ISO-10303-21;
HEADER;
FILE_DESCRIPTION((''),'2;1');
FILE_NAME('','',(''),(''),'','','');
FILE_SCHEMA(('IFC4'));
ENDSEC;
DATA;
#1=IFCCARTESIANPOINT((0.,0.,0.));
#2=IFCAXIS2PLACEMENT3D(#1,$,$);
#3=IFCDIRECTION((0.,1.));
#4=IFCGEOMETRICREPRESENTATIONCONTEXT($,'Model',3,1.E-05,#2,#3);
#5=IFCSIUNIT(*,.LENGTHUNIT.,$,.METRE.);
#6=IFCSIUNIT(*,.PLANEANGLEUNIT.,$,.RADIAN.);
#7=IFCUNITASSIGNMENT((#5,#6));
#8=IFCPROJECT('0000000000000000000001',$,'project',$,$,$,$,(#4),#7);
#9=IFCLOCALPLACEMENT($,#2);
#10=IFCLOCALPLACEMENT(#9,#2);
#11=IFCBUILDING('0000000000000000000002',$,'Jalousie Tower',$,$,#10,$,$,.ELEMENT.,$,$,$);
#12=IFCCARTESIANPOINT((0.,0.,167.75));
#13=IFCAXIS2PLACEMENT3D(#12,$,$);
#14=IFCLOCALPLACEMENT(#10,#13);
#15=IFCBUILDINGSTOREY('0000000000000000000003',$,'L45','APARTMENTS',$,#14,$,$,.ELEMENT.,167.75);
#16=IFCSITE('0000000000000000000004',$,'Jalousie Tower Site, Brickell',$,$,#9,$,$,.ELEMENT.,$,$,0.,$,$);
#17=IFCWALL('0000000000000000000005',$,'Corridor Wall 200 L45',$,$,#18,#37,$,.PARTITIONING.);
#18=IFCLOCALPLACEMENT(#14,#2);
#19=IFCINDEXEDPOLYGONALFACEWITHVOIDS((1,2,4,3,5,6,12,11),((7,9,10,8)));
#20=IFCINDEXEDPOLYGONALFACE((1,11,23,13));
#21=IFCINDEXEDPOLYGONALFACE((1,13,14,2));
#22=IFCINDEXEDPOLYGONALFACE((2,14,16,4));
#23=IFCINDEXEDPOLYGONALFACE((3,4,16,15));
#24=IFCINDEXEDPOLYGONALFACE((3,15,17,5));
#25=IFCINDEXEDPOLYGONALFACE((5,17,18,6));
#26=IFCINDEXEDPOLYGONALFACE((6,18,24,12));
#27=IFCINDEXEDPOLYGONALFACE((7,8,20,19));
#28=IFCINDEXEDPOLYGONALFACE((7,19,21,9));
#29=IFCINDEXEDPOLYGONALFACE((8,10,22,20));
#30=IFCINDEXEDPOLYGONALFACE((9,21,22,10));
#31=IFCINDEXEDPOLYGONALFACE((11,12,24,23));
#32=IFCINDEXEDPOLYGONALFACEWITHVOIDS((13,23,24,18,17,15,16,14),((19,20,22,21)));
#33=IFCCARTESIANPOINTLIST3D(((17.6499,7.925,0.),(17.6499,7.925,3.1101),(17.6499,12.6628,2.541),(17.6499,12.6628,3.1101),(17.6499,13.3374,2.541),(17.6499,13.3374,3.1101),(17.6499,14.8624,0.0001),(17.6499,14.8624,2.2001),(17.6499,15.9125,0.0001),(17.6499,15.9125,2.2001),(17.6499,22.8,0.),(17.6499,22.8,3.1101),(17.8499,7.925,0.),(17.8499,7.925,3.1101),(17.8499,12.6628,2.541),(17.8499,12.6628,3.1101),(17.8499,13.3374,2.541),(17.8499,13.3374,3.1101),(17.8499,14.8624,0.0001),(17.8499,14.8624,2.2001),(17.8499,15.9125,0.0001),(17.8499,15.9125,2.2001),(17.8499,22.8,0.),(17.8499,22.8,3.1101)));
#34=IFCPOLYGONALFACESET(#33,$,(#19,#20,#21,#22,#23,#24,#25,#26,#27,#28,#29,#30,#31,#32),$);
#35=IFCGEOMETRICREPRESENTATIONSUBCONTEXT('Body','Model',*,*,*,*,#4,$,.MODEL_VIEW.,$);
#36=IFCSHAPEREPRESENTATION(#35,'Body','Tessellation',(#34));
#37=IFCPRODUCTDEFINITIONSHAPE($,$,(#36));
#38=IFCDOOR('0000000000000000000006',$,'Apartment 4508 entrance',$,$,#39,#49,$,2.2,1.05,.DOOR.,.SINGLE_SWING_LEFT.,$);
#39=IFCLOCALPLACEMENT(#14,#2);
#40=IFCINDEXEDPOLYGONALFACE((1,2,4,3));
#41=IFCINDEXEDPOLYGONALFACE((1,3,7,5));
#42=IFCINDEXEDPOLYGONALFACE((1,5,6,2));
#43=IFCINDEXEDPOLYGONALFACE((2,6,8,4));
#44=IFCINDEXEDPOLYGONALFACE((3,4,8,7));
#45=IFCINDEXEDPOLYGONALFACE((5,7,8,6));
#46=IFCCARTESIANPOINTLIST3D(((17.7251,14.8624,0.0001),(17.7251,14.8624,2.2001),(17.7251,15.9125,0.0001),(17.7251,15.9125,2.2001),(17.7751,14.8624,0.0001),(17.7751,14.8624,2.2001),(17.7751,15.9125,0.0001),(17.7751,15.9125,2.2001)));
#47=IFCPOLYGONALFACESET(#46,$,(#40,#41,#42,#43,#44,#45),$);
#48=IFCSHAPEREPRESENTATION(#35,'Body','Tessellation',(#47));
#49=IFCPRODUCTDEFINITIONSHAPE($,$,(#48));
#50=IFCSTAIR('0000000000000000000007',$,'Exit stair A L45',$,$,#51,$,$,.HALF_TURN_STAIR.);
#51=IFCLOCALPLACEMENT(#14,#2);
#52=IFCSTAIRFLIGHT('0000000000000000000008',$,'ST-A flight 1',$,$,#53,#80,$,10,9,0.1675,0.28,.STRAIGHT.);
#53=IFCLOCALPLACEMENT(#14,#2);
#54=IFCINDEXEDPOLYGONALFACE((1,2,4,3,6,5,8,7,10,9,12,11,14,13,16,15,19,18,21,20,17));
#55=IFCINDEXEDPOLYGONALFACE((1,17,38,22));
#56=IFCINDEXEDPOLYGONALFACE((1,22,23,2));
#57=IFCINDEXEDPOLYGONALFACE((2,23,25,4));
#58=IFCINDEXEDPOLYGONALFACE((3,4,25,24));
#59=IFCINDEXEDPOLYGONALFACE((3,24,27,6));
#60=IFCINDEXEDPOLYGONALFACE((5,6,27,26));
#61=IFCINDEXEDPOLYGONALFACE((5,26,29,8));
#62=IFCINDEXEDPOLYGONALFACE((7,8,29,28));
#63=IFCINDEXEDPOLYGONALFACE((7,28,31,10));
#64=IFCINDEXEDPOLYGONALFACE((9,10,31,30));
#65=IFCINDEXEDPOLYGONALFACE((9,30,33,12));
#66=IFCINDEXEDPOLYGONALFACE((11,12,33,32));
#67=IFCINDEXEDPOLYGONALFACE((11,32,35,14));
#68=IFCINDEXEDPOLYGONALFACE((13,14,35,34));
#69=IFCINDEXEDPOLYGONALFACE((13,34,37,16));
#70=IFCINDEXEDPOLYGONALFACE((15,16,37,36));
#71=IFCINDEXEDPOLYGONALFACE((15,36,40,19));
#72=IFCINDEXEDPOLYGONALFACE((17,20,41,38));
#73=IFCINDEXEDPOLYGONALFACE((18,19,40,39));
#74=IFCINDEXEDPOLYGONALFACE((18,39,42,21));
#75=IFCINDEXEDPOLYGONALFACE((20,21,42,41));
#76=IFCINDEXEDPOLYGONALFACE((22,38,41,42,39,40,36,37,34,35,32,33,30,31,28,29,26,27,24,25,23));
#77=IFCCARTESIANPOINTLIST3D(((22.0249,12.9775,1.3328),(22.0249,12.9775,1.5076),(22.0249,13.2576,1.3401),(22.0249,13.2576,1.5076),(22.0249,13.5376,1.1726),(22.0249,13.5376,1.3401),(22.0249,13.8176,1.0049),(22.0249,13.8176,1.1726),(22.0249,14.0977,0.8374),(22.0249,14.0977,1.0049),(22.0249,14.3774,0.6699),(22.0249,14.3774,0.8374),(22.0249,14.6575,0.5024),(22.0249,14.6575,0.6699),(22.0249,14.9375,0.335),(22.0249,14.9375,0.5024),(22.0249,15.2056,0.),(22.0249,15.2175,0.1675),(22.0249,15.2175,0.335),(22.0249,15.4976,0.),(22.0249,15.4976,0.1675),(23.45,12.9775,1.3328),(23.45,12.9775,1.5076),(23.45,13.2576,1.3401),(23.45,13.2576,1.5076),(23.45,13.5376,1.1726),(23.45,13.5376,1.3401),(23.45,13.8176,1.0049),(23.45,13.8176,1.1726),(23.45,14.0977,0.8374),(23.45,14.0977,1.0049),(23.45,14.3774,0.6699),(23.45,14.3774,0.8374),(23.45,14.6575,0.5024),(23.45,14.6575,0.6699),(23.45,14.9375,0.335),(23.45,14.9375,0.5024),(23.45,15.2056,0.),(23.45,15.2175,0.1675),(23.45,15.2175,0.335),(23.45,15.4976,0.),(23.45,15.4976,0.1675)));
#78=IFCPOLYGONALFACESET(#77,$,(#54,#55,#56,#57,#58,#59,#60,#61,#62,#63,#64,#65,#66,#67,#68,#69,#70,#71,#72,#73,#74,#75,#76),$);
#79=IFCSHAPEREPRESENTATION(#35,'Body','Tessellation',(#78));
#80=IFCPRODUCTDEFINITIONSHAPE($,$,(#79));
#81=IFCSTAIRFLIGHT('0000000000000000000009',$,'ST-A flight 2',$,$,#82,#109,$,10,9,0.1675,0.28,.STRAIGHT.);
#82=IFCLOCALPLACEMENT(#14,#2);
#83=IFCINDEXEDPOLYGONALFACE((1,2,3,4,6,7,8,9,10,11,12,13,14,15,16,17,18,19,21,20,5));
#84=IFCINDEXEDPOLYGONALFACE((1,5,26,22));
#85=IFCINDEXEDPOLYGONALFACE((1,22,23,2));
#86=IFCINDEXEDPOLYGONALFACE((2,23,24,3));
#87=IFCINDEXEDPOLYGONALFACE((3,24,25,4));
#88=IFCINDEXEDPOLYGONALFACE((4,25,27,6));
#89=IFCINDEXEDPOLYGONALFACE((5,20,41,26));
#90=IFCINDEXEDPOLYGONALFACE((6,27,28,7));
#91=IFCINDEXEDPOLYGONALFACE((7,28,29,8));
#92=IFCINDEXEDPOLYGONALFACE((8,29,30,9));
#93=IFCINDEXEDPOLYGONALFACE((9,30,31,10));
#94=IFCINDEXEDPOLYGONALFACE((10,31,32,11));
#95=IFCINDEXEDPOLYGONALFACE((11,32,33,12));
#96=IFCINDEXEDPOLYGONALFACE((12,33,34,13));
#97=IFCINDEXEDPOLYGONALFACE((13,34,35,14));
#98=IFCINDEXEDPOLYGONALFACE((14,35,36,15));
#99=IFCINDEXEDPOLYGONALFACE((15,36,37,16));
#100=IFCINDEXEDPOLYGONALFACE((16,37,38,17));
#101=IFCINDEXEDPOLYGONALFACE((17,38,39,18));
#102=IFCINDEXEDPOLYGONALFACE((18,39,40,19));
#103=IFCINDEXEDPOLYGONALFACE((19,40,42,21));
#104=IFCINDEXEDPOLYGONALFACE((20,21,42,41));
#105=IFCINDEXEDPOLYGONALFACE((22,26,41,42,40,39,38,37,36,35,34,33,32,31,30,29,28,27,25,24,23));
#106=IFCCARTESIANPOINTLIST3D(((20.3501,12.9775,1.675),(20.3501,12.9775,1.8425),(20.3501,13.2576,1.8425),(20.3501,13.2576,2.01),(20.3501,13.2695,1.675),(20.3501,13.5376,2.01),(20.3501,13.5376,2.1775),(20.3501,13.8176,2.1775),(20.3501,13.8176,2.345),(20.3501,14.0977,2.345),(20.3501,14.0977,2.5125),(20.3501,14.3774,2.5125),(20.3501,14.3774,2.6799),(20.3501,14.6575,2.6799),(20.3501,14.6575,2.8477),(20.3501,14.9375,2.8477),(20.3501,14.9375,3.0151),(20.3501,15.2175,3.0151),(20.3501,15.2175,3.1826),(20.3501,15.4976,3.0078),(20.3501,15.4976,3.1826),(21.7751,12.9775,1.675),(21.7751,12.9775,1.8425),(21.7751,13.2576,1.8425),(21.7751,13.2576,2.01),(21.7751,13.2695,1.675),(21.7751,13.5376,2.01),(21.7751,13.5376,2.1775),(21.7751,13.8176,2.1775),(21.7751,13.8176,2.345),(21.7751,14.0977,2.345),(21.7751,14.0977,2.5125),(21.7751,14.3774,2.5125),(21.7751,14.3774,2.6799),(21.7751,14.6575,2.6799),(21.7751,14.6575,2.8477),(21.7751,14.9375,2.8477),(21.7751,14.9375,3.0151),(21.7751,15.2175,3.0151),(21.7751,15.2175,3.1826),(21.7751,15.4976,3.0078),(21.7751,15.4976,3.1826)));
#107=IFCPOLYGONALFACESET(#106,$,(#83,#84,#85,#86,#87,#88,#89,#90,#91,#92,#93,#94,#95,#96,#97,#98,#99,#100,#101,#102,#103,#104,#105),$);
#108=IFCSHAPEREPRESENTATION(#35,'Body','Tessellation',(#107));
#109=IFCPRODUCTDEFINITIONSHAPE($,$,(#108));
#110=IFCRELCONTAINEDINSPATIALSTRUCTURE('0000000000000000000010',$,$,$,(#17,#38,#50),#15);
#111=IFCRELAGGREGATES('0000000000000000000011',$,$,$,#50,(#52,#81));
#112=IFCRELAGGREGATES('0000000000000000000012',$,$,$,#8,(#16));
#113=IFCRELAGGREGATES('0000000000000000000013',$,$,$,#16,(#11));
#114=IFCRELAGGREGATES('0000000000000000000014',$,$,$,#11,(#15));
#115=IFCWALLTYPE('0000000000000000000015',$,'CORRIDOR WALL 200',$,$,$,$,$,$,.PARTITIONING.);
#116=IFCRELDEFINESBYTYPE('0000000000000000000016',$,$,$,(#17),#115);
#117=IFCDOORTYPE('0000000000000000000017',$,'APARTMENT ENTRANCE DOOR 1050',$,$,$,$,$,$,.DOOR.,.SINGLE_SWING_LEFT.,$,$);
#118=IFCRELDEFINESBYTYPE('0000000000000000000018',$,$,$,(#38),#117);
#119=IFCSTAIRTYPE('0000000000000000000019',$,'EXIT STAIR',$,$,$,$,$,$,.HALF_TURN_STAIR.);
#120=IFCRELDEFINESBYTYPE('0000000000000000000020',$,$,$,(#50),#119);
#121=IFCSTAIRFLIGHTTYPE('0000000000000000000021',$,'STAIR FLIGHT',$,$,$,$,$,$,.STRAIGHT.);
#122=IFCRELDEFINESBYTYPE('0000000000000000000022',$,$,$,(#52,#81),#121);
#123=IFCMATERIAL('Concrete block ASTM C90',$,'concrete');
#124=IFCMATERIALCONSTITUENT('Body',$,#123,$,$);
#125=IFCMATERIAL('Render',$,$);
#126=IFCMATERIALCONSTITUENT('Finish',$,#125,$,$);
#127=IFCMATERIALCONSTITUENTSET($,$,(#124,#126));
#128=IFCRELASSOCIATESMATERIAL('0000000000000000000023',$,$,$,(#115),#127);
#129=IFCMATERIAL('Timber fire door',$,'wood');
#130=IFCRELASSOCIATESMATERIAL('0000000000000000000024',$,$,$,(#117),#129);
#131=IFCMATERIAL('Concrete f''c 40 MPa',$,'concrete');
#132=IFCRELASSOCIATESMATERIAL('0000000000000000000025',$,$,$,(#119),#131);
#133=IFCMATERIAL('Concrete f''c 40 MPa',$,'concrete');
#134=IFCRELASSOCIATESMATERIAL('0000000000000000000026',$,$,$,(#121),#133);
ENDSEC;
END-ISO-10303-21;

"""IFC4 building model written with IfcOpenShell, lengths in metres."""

from ifc_helpers import new_model, si_unit, direction, frame, frame_2d, origin, place, context, subcontext, project, spatial, polyline, rectangle, outline, extrude, material, constituent, constituent_set, type_object, element, fill, aggregate, save


model = new_model("IFC4")

# Units and contexts
model_context = context("Model", 3, precision=1e-05, world=origin(), true_north=direction((0.0, 1.0)))
body_context = subcontext(model_context, "Body", "Model", "MODEL_VIEW")
ifc_project = project(units=[si_unit("LENGTHUNIT", "METRE"), si_unit("PLANEANGLEUNIT", "RADIAN")], contexts=[model_context])

# Site, building, storey
site_placement = place(None, origin())
site = spatial("IfcSite", under=ifc_project, at=site_placement, Name="Jalousie Tower Site, Brickell", CompositionType="ELEMENT", RefElevation=0.0)
building_placement = place(site_placement, origin())
building = spatial("IfcBuilding", under=site, at=building_placement, Name="Jalousie Tower", CompositionType="ELEMENT")
storey_placement = place(building_placement, frame((0.0, 0.0, 167.75)))
storey = spatial("IfcBuildingStorey", under=building, at=storey_placement, Name="L45", Description="APARTMENTS", CompositionType="ELEMENT", Elevation=167.75)

# Shared definitions
ifc_material_1 = material(Name="Concrete block ASTM C90", Category="concrete")
ifc_constituent_1 = constituent(ifc_material_1, Name="Body")
ifc_material_2 = material(Name="Render")
ifc_constituent_2 = constituent(ifc_material_2, Name="Finish")
ifc_constituent_set_1 = constituent_set(constituents=[ifc_constituent_1, ifc_constituent_2])
wall_type_1 = type_object("IfcWallType", Name="CORRIDOR WALL 200", PredefinedType="PARTITIONING", material=ifc_constituent_set_1)
ifc_material_3 = material(Name="Timber fire door", Category="wood")
door_type_1 = type_object("IfcDoorType", Name="APARTMENT ENTRANCE DOOR 1050", OperationType="SINGLE_SWING_LEFT", PredefinedType="DOOR", material=ifc_material_3)

# Wall, opening, door
wall_1_placement = place(storey_placement, frame((17.75, 7.925, 0.0), z_axis=(0.0, 0.0, 1.0), x_axis=(0.0, 1.0, 0.0)))
wall_1 = element("IfcWall", 1, at=wall_1_placement, inside=storey, type_object=wall_type_1, Name="Corridor Wall 200 L45", PredefinedType="PARTITIONING", context=body_context, shape_type="SweptSolid", body=[
    extrude(outline(polyline([(0.0, 0.0), (14.875, 0.0), (14.875, 3.1101), (5.4124, 3.1101), (5.4124, 2.541), (4.7378, 2.541), (4.7378, 3.1101), (0.0, 3.1101), (0.0, 0.0)])), frame((0.0, 0.1001, 0.0), z_axis=(0.0, -1.0, 0.0), x_axis=(1.0, 0.0, 0.0)), (0.0, 0.0, 1.0), 0.2),
])
opening_1_placement = place(wall_1_placement, frame((6.9375, 0.0, 0.0)))
opening_1 = element("IfcOpeningElement", 2, at=opening_1_placement, cuts=wall_1, PredefinedType="OPENING", context=body_context, shape_type="SweptSolid", body=[
    extrude(rectangle(XDim=1.05, YDim=2.2, at=frame_2d((0.5249, 1.1001))), frame((0.0, 0.1099, 0.0), z_axis=(0.0, -1.0, 0.0), x_axis=(1.0, 0.0, 0.0)), (0.0, 0.0, 1.0), 0.22),
])
door_1_placement = place(opening_1_placement, origin())
door_1 = element("IfcDoor", 3, at=door_1_placement, inside=storey, type_object=door_type_1, Name="Apartment 4508 entrance", OperationType="SINGLE_SWING_LEFT", OverallHeight=2.2, OverallWidth=1.05, PredefinedType="DOOR", context=body_context, shape_type="SweptSolid", body=[
    extrude(rectangle(XDim=1.05, YDim=2.2, at=frame_2d((0.5249, 1.1001))), frame((0.0, 0.0249, 0.0), z_axis=(0.0, -1.0, 0.0), x_axis=(1.0, 0.0, 0.0)), (0.0, 0.0, 1.0), 0.05),
])
fill(opening_1, door_1)

# Stair, stair flights
ifc_material_4 = material(Name="Concrete f'c 40 MPa", Category="concrete")
stair_type = type_object("IfcStairType", Name="EXIT STAIR", PredefinedType="HALF_TURN_STAIR", material=ifc_material_4)
stair_placement = place(storey_placement, origin())
stair = element("IfcStair", 4, at=stair_placement, inside=storey, type_object=stair_type, Name="Exit stair A L45", PredefinedType="HALF_TURN_STAIR")
ifc_material_5 = material(Name="Concrete f'c 40 MPa", Category="concrete")
stair_flight_type = type_object("IfcStairFlightType", Name="STAIR FLIGHT", PredefinedType="STRAIGHT", material=ifc_material_5)
stair_flight_1_placement = place(storey_placement, frame((22.7375, 15.4976, 0.0), z_axis=(0.0, 0.0, 1.0), x_axis=(0.0, -1.0, 0.0)))
stair_flight_1 = element("IfcStairFlight", 5, at=stair_flight_1_placement, type_object=stair_flight_type, Name="ST-A flight 1", NumberOfRisers=10, NumberOfTreads=9, PredefinedType="STRAIGHT", RiserHeight=0.1675, TreadLength=0.28, context=body_context, shape_type="SweptSolid", body=[
    extrude(outline(polyline([(0.0, 0.0), (0.0, 0.1675), (0.28, 0.1675), (0.28, 0.335), (0.5601, 0.335), (0.5601, 0.5024), (0.8401, 0.5024), (0.8401, 0.6699), (1.1201, 0.6699), (1.1201, 0.8374), (1.3999, 0.8374), (1.3999, 1.0049), (1.6799, 1.0049), (1.6799, 1.1726), (1.96, 1.1726), (1.96, 1.3401), (2.24, 1.3401), (2.24, 1.5076), (2.52, 1.5076), (2.52, 1.675), (2.52, 1.3328), (0.292, 0.0), (0.0, 0.0)])), frame((0.0, 0.7124, 0.0), z_axis=(0.0, -1.0, 0.0), x_axis=(1.0, 0.0, 0.0)), (0.0, 0.0, 1.0), 1.425),
])
stair_flight_2_placement = place(storey_placement, frame((21.0625, 12.9775, 1.675), z_axis=(0.0, 0.0, 1.0), x_axis=(0.0, 1.0, 0.0)))
stair_flight_2 = element("IfcStairFlight", 6, at=stair_flight_2_placement, type_object=stair_flight_type, Name="ST-A flight 2", NumberOfRisers=10, NumberOfTreads=9, PredefinedType="STRAIGHT", RiserHeight=0.1675, TreadLength=0.28, context=body_context, shape_type="SweptSolid", body=[
    extrude(outline(polyline([(0.0, 0.0), (0.0, 0.1675), (0.28, 0.1675), (0.28, 0.335), (0.5601, 0.335), (0.5601, 0.5024), (0.8401, 0.5024), (0.8401, 0.6699), (1.1201, 0.6699), (1.1201, 0.8374), (1.3999, 0.8374), (1.3999, 1.0049), (1.6799, 1.0049), (1.6799, 1.1726), (1.96, 1.1726), (1.96, 1.3401), (2.24, 1.3401), (2.24, 1.5076), (2.52, 1.5076), (2.52, 1.675), (2.52, 1.3328), (0.292, 0.0), (0.0, 0.0)])), frame((0.0, 0.7124, 0.0), z_axis=(0.0, -1.0, 0.0), x_axis=(1.0, 0.0, 0.0)), (0.0, 0.0, 1.0), 1.425),
])
aggregate(stair, [stair_flight_1, stair_flight_2])

save(model, "model.ifc")
